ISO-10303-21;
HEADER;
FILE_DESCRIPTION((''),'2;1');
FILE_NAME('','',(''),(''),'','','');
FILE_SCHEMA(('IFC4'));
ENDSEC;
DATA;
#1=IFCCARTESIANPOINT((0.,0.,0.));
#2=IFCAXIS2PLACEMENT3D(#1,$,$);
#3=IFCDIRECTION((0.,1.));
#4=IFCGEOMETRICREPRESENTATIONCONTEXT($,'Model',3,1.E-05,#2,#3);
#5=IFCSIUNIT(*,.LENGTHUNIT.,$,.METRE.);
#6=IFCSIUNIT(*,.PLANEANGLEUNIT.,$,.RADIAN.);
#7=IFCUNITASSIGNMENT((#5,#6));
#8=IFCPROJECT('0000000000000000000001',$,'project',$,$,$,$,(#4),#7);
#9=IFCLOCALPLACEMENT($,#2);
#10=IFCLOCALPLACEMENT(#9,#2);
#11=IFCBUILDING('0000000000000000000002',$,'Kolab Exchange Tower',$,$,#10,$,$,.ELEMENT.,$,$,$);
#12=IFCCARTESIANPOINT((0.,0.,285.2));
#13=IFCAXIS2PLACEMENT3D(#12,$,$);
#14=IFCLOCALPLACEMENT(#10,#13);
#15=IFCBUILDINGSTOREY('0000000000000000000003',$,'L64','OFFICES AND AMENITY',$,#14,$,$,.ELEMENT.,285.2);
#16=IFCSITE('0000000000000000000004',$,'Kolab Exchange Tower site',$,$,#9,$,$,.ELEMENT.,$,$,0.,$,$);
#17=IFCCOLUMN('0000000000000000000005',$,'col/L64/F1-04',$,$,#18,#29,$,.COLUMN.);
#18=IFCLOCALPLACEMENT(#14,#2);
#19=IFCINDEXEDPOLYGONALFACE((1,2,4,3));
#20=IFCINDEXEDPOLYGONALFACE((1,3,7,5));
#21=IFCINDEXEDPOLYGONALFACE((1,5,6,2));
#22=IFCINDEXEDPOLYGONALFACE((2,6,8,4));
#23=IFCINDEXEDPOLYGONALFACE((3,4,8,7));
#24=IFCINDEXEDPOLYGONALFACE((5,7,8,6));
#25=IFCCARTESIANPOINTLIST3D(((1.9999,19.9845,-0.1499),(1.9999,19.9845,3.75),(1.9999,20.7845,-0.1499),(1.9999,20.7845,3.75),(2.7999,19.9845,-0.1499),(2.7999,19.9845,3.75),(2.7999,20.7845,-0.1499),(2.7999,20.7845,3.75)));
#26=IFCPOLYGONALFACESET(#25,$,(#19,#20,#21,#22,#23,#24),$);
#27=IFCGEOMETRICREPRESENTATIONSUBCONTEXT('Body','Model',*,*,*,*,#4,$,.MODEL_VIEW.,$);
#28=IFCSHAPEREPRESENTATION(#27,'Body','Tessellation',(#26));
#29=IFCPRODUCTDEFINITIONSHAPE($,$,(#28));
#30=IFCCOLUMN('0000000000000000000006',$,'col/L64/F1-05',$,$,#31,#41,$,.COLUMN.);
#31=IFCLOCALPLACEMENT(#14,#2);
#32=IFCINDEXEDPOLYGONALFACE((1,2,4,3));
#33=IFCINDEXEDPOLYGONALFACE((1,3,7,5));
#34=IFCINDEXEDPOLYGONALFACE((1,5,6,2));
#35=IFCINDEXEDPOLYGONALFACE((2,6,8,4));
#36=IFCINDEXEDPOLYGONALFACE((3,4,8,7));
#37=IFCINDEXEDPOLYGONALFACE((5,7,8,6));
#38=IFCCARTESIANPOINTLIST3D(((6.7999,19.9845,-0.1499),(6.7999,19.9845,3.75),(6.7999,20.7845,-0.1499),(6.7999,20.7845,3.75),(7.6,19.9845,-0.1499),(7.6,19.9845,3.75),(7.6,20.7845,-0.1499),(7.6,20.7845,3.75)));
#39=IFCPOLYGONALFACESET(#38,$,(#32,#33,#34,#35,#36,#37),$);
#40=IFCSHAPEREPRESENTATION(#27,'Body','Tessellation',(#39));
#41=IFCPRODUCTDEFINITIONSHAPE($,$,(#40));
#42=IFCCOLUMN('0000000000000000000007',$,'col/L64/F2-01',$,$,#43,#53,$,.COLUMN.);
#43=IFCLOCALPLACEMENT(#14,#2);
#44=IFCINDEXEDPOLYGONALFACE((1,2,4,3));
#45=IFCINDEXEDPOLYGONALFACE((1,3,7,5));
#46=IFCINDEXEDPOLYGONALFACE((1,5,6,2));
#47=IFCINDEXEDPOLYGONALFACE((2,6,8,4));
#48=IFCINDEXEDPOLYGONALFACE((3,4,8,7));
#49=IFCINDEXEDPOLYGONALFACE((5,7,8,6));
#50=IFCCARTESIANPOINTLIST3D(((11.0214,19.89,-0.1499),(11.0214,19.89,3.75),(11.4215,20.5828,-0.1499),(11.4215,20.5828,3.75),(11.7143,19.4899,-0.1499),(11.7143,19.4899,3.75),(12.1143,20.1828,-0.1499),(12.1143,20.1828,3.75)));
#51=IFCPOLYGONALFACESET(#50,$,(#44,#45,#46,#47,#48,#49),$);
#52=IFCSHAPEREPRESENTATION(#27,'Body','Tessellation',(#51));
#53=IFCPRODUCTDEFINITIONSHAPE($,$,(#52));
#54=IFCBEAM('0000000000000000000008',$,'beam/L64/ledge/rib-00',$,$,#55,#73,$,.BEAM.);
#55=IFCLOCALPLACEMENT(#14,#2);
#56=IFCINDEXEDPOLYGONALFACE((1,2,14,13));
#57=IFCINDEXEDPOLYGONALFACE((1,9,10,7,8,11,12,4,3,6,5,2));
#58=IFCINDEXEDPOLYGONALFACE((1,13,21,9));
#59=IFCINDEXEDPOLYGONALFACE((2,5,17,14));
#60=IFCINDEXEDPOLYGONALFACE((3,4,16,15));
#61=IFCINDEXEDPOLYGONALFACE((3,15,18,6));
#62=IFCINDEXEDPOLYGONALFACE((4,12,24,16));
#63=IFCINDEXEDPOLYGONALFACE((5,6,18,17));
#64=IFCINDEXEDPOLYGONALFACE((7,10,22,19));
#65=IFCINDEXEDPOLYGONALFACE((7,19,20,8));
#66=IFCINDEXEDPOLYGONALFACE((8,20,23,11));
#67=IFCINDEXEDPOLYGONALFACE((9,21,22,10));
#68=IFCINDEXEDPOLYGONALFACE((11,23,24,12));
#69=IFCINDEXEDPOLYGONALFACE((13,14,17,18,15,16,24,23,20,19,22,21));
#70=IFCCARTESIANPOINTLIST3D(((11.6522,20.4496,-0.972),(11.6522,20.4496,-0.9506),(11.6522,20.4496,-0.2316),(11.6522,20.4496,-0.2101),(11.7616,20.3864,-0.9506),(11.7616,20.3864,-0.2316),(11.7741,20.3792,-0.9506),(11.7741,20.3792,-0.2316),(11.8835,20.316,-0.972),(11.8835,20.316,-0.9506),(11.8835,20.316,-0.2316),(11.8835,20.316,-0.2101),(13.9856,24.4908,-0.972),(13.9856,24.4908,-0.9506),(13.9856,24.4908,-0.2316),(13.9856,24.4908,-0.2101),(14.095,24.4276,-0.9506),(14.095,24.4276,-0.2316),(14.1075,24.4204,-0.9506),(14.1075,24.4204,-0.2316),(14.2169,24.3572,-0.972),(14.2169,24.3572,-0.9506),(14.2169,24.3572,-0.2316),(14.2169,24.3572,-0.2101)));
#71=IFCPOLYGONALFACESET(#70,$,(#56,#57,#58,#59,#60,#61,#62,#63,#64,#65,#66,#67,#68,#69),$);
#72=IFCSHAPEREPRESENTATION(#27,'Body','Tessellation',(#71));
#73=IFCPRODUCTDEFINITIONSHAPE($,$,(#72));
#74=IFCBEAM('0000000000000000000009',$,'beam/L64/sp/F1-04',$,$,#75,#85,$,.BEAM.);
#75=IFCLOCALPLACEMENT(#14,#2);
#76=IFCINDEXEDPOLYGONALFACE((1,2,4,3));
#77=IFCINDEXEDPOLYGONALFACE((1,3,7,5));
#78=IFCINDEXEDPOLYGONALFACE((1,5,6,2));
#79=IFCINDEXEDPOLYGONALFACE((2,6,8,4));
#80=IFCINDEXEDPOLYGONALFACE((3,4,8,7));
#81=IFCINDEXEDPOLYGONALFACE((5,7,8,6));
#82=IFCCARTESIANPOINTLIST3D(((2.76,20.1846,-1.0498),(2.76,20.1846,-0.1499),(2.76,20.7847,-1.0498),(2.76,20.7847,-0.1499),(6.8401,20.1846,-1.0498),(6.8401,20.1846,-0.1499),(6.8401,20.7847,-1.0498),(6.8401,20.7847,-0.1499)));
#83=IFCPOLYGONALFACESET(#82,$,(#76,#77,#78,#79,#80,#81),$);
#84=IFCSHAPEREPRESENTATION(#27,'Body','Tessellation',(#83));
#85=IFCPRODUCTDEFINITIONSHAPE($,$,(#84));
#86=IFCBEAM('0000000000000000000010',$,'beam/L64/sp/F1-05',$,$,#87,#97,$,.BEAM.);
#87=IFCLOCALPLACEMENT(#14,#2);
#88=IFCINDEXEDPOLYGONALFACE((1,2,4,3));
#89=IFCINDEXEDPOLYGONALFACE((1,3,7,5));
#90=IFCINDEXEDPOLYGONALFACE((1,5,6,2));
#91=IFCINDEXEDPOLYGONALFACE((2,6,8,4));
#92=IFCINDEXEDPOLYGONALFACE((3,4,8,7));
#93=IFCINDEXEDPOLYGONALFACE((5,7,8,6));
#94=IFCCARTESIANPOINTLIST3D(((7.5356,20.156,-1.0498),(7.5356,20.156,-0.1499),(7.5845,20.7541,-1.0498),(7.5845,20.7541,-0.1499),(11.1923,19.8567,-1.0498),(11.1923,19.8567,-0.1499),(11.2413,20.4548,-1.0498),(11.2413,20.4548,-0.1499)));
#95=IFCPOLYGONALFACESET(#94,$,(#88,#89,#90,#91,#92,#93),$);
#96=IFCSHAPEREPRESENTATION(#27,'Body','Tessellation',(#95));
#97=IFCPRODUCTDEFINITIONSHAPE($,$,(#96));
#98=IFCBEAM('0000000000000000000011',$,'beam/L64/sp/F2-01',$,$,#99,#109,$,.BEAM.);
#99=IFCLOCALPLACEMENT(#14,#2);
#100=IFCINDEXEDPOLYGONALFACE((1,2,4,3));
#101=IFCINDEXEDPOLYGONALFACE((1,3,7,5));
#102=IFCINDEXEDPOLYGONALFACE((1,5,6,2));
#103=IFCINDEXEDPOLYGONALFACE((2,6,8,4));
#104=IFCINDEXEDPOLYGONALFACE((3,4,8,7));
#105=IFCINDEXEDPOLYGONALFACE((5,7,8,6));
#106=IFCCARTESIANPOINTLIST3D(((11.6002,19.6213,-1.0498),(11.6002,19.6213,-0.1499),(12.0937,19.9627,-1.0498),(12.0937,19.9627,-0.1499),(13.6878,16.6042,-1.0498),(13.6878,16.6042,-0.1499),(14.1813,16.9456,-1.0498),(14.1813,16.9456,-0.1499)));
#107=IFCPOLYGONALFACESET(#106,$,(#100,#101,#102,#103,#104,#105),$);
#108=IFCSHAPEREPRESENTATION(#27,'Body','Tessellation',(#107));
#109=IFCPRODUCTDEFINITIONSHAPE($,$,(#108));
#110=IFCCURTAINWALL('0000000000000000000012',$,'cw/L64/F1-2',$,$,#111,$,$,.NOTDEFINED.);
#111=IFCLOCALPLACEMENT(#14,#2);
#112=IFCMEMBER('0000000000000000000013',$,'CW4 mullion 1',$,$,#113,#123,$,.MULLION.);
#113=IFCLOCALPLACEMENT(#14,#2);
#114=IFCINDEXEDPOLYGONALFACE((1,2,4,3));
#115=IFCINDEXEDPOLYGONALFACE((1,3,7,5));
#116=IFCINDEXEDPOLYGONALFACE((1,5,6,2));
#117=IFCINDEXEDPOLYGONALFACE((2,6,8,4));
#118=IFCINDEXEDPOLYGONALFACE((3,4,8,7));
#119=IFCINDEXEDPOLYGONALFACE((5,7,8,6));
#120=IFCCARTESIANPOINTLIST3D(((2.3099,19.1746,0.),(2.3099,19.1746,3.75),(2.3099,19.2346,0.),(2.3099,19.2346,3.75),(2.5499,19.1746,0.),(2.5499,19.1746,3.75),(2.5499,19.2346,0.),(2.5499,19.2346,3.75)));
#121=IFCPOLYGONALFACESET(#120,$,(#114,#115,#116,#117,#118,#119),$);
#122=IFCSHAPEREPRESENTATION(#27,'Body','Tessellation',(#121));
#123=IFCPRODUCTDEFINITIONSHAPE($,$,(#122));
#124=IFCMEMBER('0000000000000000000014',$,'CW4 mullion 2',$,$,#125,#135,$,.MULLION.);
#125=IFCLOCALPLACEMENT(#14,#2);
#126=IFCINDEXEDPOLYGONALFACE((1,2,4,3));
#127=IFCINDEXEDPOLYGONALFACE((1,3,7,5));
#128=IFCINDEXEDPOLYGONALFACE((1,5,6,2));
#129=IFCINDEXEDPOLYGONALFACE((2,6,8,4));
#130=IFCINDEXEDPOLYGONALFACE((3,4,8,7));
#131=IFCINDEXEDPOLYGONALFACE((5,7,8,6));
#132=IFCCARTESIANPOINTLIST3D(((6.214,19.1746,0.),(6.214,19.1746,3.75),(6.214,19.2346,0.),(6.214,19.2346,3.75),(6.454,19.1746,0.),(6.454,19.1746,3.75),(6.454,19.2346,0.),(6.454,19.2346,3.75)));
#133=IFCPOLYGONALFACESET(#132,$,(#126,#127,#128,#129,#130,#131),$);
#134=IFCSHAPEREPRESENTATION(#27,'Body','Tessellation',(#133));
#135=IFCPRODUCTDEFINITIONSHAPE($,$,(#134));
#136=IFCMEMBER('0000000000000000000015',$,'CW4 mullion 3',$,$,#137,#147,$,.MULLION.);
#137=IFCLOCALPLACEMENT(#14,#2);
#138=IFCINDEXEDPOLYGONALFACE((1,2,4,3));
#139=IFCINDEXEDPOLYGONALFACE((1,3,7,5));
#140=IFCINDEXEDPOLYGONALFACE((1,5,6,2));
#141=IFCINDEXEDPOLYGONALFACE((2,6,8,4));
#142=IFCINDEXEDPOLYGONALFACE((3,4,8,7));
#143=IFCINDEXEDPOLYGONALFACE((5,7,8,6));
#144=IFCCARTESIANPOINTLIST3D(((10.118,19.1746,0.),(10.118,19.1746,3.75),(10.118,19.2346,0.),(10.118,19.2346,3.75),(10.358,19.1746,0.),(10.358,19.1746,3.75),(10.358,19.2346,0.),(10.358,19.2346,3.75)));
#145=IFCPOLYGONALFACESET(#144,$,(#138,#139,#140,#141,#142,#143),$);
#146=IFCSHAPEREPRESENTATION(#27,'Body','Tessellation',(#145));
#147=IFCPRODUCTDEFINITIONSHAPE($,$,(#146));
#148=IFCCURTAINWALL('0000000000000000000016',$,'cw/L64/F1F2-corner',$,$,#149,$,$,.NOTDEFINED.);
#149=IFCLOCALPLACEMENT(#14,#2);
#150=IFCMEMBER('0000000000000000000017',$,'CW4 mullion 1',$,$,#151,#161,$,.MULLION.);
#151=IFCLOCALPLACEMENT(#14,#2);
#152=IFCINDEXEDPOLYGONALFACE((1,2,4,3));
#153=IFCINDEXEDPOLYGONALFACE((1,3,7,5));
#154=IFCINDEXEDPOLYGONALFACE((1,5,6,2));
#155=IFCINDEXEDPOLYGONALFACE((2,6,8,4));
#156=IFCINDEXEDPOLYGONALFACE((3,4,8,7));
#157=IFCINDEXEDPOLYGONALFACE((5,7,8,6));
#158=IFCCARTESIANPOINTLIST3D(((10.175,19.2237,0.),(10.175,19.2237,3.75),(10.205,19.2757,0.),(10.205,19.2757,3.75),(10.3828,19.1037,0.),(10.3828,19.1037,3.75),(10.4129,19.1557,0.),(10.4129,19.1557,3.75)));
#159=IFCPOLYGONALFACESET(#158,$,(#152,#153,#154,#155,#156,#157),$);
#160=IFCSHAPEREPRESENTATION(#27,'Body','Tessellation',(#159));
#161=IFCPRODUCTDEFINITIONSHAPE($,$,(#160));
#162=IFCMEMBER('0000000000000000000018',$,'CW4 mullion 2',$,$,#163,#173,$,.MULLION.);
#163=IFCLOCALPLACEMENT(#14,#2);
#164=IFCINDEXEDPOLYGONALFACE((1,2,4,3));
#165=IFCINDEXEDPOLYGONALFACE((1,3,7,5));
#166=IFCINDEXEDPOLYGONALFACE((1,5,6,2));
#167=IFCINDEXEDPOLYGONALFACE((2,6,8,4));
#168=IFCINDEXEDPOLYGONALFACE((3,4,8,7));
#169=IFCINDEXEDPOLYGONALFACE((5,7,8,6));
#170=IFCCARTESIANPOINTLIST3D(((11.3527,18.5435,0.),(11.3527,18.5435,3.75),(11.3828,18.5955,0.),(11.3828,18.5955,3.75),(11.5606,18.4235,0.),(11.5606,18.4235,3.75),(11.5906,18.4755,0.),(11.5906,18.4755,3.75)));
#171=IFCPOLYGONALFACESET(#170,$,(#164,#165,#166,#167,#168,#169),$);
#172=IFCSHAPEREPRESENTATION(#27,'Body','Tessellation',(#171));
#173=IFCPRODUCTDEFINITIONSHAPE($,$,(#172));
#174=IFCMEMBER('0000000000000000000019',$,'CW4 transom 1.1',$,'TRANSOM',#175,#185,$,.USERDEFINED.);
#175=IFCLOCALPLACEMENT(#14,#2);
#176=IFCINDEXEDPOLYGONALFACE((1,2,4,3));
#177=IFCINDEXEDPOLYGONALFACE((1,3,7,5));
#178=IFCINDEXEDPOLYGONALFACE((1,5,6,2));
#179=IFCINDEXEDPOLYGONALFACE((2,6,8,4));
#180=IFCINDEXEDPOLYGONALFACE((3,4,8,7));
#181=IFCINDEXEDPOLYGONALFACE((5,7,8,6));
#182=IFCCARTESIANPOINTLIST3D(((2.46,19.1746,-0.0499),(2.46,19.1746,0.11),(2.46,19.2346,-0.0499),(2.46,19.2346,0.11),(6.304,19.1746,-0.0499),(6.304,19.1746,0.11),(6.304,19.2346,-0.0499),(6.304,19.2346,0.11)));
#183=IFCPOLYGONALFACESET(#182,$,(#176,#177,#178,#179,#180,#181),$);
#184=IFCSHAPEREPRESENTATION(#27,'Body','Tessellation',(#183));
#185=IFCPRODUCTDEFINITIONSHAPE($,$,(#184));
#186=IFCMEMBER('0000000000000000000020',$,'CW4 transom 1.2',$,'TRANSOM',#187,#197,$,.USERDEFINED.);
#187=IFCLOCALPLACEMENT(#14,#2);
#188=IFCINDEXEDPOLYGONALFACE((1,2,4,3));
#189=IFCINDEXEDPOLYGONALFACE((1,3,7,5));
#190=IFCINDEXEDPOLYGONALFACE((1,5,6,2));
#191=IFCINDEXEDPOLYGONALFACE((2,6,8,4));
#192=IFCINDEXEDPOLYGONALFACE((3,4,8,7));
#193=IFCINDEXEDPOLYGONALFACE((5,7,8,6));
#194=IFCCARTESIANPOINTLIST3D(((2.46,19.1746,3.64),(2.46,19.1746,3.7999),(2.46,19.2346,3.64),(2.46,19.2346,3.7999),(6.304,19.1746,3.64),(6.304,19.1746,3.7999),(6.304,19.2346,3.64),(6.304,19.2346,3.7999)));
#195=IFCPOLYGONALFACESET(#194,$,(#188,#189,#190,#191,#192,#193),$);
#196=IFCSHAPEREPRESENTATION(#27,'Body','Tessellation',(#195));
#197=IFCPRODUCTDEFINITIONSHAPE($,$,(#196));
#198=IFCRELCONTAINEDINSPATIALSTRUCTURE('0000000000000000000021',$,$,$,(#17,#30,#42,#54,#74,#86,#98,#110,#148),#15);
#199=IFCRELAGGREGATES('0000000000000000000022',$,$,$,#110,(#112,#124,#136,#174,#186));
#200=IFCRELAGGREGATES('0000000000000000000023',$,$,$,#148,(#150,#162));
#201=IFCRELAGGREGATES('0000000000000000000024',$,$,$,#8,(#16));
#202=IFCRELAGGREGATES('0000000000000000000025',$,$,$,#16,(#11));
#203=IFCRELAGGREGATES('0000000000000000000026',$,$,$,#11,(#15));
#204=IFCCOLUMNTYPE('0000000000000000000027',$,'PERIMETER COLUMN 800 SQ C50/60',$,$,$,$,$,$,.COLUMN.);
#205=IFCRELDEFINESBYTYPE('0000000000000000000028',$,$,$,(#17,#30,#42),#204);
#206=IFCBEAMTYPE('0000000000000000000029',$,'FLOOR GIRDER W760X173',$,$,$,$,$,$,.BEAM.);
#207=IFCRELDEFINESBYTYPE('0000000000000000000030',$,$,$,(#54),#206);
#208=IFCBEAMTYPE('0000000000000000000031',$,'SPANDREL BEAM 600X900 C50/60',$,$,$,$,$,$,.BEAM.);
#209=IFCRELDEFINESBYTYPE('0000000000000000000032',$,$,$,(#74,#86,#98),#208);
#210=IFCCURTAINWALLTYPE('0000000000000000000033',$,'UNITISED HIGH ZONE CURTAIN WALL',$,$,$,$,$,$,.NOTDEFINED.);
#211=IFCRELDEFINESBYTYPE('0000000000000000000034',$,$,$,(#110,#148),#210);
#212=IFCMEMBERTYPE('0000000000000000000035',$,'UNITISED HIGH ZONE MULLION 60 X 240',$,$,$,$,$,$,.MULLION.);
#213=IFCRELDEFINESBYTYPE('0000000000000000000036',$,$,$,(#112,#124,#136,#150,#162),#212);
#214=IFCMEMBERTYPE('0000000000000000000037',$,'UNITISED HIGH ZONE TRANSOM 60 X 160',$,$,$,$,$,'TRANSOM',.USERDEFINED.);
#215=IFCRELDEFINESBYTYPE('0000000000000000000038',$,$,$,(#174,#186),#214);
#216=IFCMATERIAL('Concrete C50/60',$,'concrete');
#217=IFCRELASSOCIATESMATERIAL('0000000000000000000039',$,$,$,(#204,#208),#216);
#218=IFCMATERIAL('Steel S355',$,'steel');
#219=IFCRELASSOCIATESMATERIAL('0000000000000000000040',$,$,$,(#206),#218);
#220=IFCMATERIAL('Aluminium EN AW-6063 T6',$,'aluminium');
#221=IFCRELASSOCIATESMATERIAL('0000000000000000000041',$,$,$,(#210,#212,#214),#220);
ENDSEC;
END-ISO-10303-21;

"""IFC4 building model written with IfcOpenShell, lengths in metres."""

from ifc_helpers import new_model, si_unit, direction, frame, origin, origin_2d, place, context, subcontext, project, spatial, rectangle, i_section, extrude, material, material_profile, profile_set, type_object, element, aggregate, save


model = new_model("IFC4")

# Units and contexts
model_context = context("Model", 3, precision=1e-05, world=origin(), true_north=direction((0.0, 1.0)))
body_context = subcontext(model_context, "Body", "Model", "MODEL_VIEW")
ifc_project = project(units=[si_unit("LENGTHUNIT", "METRE"), si_unit("PLANEANGLEUNIT", "RADIAN")], contexts=[model_context])

# Site, building, storey
site_placement = place(None, origin())
site = spatial("IfcSite", under=ifc_project, at=site_placement, Name="Kolab Exchange Tower site", CompositionType="ELEMENT", RefElevation=0.0)
building_placement = place(site_placement, origin())
building = spatial("IfcBuilding", under=site, at=building_placement, Name="Kolab Exchange Tower", CompositionType="ELEMENT")
storey_placement = place(building_placement, frame((0.0, 0.0, 285.2)))
storey = spatial("IfcBuildingStorey", under=building, at=storey_placement, Name="L64", Description="OFFICES AND AMENITY", CompositionType="ELEMENT", Elevation=285.2)

# Columns
ifc_material_1 = material(Name="Concrete C50/60", Category="concrete")
ifc_material_profile_1 = material_profile(ifc_material_1, rectangle(XDim=0.8, YDim=0.8, at=origin_2d()), Name="RC800")
ifc_profile_set_1 = profile_set([ifc_material_profile_1], Name="Concrete C50/60")
column_type = type_object("IfcColumnType", Name="PERIMETER COLUMN 800 SQ C50/60", PredefinedType="COLUMN", material=ifc_profile_set_1)
for number, where, z_axis, x_axis, name in (
    (1, (2.3999, 20.3845, -0.1499), (0.0, 0.0, 1.0), (1.0, 0.0, 0.0), "col/L64/F1-04"),
    (2, (7.2, 20.3845, -0.1499), (0.0, 0.0, 1.0), (1.0, 0.0, 0.0), "col/L64/F1-05"),
    (3, (11.5679, 20.0364, -0.1499), (0.0, 0.0, 1.0), (0.5, 0.866025, 0.0), "col/L64/F2-01"),
):
    element("IfcColumn", number, at=place(storey_placement, frame(where, z_axis=z_axis, x_axis=x_axis)), inside=storey, type_object=column_type, Name=name, PredefinedType="COLUMN", context=body_context, shape_type="SweptSolid", body=[
        extrude(rectangle(XDim=0.8, YDim=0.8, at=origin_2d()), origin(), (0.0, 0.0, 1.0), 3.8999),
    ])

# Beams
ifc_material_2 = material(Name="Steel S355", Category="steel")
ifc_material_profile_2 = material_profile(ifc_material_2, i_section(OverallWidth=0.2671, OverallDepth=0.762, WebThickness=0.0144, FlangeThickness=0.0215, at=origin_2d()), Name="W760X173")
ifc_profile_set_2 = profile_set([ifc_material_profile_2], Name="Steel S355")
beam_type_1 = type_object("IfcBeamType", Name="FLOOR GIRDER W760X173", PredefinedType="BEAM", material=ifc_profile_set_2)
beam_1_placement = place(storey_placement, frame((11.7678, 20.3828, -0.5911), z_axis=(0.500044, 0.866, 0.0), x_axis=(-0.866, 0.500044, 0.0)))
element("IfcBeam", 4, at=beam_1_placement, inside=storey, type_object=beam_type_1, Name="beam/L64/ledge/rib-00", PredefinedType="BEAM", context=body_context, shape_type="SweptSolid", body=[
    extrude(i_section(OverallWidth=0.2671, OverallDepth=0.762, WebThickness=0.0144, FlangeThickness=0.0215, at=origin_2d()), origin(), (0.0, 0.0, 1.0), 4.6665),
])
ifc_material_profile_3 = material_profile(ifc_material_1, rectangle(XDim=0.6001, YDim=0.8999, at=origin_2d()), Name="RC600X900")
ifc_profile_set_3 = profile_set([ifc_material_profile_3], Name="Concrete C50/60")
beam_type_2 = type_object("IfcBeamType", Name="SPANDREL BEAM 600X900 C50/60", PredefinedType="BEAM", material=ifc_profile_set_3)
beam_2_placement = place(storey_placement, frame((2.76, 20.4846, -0.5999), z_axis=(1.0, 0.0, 0.0), x_axis=(0.0, 1.0, 0.0)))
element("IfcBeam", 5, at=beam_2_placement, inside=storey, type_object=beam_type_2, Name="beam/L64/sp/F1-04", PredefinedType="BEAM", context=body_context, shape_type="SweptSolid", body=[
    extrude(rectangle(XDim=0.6001, YDim=0.8999, at=origin_2d()), origin(), (0.0, 0.0, 1.0), 4.0801),
])
for number, where, z_axis, x_axis, name in (
    (6, (7.5601, 20.4551, -0.5999), (0.996667, -0.081581, 0.0), (0.081581, 0.996667, 0.0), "beam/L64/sp/F1-05"),
    (7, (11.8469, 19.792, -0.5999), (0.569006, -0.822334, 0.0), (0.822334, 0.569006, 0.0), "beam/L64/sp/F2-01"),
):
    element("IfcBeam", number, at=place(storey_placement, frame(where, z_axis=z_axis, x_axis=x_axis)), inside=storey, type_object=beam_type_2, Name=name, PredefinedType="BEAM", context=body_context, shape_type="SweptSolid", body=[
        extrude(rectangle(XDim=0.6001, YDim=0.8999, at=origin_2d()), origin(), (0.0, 0.0, 1.0), 3.6689),
    ])

# Curtain walls, members
ifc_material_3 = material(Name="Aluminium EN AW-6063 T6", Category="aluminium")
curtain_wall_type = type_object("IfcCurtainWallType", Name="UNITISED HIGH ZONE CURTAIN WALL", PredefinedType="NOTDEFINED", material=ifc_material_3)
curtain_wall_1_placement = place(storey_placement, origin())
curtain_wall_1 = element("IfcCurtainWall", 8, at=curtain_wall_1_placement, inside=storey, type_object=curtain_wall_type, Name="cw/L64/F1-2", PredefinedType="NOTDEFINED")
ifc_material_profile_4 = material_profile(ifc_material_3, rectangle(XDim=0.0601, YDim=0.24, at=origin_2d()), Name="RECT 60X240")
ifc_profile_set_4 = profile_set([ifc_material_profile_4], Name="Aluminium EN AW-6063 T6")
member_type_1 = type_object("IfcMemberType", Name="UNITISED HIGH ZONE MULLION 60 X 240", PredefinedType="MULLION", material=ifc_profile_set_4)
member_1_placement = place(storey_placement, frame((2.4299, 19.2046, 0.0), z_axis=(0.0, 0.0, 1.0), x_axis=(0.0, 1.0, 0.0)))
member_1 = element("IfcMember", 9, at=member_1_placement, type_object=member_type_1, Name="CW4 mullion 1", PredefinedType="MULLION", context=body_context, shape_type="SweptSolid", body=[
    extrude(rectangle(XDim=0.0601, YDim=0.24, at=origin_2d()), origin(), (0.0, 0.0, 1.0), 3.75),
])
member_2_placement = place(storey_placement, frame((6.334, 19.2046, 0.0), z_axis=(0.0, 0.0, 1.0), x_axis=(0.0, 1.0, 0.0)))
member_2 = element("IfcMember", 10, at=member_2_placement, type_object=member_type_1, Name="CW4 mullion 2", PredefinedType="MULLION", context=body_context, shape_type="SweptSolid", body=[
    extrude(rectangle(XDim=0.0601, YDim=0.24, at=origin_2d()), origin(), (0.0, 0.0, 1.0), 3.75),
])
member_3_placement = place(storey_placement, frame((10.238, 19.2046, 0.0), z_axis=(0.0, 0.0, 1.0), x_axis=(0.0, 1.0, 0.0)))
member_3 = element("IfcMember", 11, at=member_3_placement, type_object=member_type_1, Name="CW4 mullion 3", PredefinedType="MULLION", context=body_context, shape_type="SweptSolid", body=[
    extrude(rectangle(XDim=0.0601, YDim=0.24, at=origin_2d()), origin(), (0.0, 0.0, 1.0), 3.75),
])
curtain_wall_2_placement = place(storey_placement, origin())
curtain_wall_2 = element("IfcCurtainWall", 12, at=curtain_wall_2_placement, inside=storey, type_object=curtain_wall_type, Name="cw/L64/F1F2-corner", PredefinedType="NOTDEFINED")
member_4_placement = place(storey_placement, frame((10.2939, 19.1897, 0.0), z_axis=(0.0, 0.0, 1.0), x_axis=(0.5, 0.866025, 0.0)))
member_4 = element("IfcMember", 13, at=member_4_placement, type_object=member_type_1, Name="CW4 mullion 1", PredefinedType="MULLION", context=body_context, shape_type="SweptSolid", body=[
    extrude(rectangle(XDim=0.0601, YDim=0.24, at=origin_2d()), origin(), (0.0, 0.0, 1.0), 3.75),
])
member_5_placement = place(storey_placement, frame((11.4717, 18.5095, 0.0), z_axis=(0.0, 0.0, 1.0), x_axis=(0.5, 0.866025, 0.0)))
member_5 = element("IfcMember", 14, at=member_5_placement, type_object=member_type_1, Name="CW4 mullion 2", PredefinedType="MULLION", context=body_context, shape_type="SweptSolid", body=[
    extrude(rectangle(XDim=0.0601, YDim=0.24, at=origin_2d()), origin(), (0.0, 0.0, 1.0), 3.75),
])

# Members
ifc_material_profile_5 = material_profile(ifc_material_3, rectangle(XDim=0.0601, YDim=0.1599, at=origin_2d()), Name="RECT 60X160")
ifc_profile_set_5 = profile_set([ifc_material_profile_5], Name="Aluminium EN AW-6063 T6")
member_type_2 = type_object("IfcMemberType", Name="UNITISED HIGH ZONE TRANSOM 60 X 160", ElementType="TRANSOM", PredefinedType="USERDEFINED", material=ifc_profile_set_5)
member_6_placement = place(storey_placement, frame((2.46, 19.2046, 0.03), z_axis=(1.0, 0.0, 0.0), x_axis=(0.0, 1.0, 0.0)))
member_6 = element("IfcMember", 15, at=member_6_placement, type_object=member_type_2, Name="CW4 transom 1.1", ObjectType="TRANSOM", PredefinedType="USERDEFINED", context=body_context, shape_type="SweptSolid", body=[
    extrude(rectangle(XDim=0.0601, YDim=0.1599, at=origin_2d()), origin(), (0.0, 0.0, 1.0), 3.844),
])
member_7_placement = place(storey_placement, frame((2.46, 19.2046, 3.72), z_axis=(1.0, 0.0, 0.0), x_axis=(0.0, 1.0, 0.0)))
member_7 = element("IfcMember", 16, at=member_7_placement, type_object=member_type_2, Name="CW4 transom 1.2", ObjectType="TRANSOM", PredefinedType="USERDEFINED", context=body_context, shape_type="SweptSolid", body=[
    extrude(rectangle(XDim=0.0601, YDim=0.1599, at=origin_2d()), origin(), (0.0, 0.0, 1.0), 3.844),
])

aggregate(curtain_wall_1, [member_1, member_2, member_3, member_6, member_7])

aggregate(curtain_wall_2, [member_4, member_5])

save(model, "model.ifc")
